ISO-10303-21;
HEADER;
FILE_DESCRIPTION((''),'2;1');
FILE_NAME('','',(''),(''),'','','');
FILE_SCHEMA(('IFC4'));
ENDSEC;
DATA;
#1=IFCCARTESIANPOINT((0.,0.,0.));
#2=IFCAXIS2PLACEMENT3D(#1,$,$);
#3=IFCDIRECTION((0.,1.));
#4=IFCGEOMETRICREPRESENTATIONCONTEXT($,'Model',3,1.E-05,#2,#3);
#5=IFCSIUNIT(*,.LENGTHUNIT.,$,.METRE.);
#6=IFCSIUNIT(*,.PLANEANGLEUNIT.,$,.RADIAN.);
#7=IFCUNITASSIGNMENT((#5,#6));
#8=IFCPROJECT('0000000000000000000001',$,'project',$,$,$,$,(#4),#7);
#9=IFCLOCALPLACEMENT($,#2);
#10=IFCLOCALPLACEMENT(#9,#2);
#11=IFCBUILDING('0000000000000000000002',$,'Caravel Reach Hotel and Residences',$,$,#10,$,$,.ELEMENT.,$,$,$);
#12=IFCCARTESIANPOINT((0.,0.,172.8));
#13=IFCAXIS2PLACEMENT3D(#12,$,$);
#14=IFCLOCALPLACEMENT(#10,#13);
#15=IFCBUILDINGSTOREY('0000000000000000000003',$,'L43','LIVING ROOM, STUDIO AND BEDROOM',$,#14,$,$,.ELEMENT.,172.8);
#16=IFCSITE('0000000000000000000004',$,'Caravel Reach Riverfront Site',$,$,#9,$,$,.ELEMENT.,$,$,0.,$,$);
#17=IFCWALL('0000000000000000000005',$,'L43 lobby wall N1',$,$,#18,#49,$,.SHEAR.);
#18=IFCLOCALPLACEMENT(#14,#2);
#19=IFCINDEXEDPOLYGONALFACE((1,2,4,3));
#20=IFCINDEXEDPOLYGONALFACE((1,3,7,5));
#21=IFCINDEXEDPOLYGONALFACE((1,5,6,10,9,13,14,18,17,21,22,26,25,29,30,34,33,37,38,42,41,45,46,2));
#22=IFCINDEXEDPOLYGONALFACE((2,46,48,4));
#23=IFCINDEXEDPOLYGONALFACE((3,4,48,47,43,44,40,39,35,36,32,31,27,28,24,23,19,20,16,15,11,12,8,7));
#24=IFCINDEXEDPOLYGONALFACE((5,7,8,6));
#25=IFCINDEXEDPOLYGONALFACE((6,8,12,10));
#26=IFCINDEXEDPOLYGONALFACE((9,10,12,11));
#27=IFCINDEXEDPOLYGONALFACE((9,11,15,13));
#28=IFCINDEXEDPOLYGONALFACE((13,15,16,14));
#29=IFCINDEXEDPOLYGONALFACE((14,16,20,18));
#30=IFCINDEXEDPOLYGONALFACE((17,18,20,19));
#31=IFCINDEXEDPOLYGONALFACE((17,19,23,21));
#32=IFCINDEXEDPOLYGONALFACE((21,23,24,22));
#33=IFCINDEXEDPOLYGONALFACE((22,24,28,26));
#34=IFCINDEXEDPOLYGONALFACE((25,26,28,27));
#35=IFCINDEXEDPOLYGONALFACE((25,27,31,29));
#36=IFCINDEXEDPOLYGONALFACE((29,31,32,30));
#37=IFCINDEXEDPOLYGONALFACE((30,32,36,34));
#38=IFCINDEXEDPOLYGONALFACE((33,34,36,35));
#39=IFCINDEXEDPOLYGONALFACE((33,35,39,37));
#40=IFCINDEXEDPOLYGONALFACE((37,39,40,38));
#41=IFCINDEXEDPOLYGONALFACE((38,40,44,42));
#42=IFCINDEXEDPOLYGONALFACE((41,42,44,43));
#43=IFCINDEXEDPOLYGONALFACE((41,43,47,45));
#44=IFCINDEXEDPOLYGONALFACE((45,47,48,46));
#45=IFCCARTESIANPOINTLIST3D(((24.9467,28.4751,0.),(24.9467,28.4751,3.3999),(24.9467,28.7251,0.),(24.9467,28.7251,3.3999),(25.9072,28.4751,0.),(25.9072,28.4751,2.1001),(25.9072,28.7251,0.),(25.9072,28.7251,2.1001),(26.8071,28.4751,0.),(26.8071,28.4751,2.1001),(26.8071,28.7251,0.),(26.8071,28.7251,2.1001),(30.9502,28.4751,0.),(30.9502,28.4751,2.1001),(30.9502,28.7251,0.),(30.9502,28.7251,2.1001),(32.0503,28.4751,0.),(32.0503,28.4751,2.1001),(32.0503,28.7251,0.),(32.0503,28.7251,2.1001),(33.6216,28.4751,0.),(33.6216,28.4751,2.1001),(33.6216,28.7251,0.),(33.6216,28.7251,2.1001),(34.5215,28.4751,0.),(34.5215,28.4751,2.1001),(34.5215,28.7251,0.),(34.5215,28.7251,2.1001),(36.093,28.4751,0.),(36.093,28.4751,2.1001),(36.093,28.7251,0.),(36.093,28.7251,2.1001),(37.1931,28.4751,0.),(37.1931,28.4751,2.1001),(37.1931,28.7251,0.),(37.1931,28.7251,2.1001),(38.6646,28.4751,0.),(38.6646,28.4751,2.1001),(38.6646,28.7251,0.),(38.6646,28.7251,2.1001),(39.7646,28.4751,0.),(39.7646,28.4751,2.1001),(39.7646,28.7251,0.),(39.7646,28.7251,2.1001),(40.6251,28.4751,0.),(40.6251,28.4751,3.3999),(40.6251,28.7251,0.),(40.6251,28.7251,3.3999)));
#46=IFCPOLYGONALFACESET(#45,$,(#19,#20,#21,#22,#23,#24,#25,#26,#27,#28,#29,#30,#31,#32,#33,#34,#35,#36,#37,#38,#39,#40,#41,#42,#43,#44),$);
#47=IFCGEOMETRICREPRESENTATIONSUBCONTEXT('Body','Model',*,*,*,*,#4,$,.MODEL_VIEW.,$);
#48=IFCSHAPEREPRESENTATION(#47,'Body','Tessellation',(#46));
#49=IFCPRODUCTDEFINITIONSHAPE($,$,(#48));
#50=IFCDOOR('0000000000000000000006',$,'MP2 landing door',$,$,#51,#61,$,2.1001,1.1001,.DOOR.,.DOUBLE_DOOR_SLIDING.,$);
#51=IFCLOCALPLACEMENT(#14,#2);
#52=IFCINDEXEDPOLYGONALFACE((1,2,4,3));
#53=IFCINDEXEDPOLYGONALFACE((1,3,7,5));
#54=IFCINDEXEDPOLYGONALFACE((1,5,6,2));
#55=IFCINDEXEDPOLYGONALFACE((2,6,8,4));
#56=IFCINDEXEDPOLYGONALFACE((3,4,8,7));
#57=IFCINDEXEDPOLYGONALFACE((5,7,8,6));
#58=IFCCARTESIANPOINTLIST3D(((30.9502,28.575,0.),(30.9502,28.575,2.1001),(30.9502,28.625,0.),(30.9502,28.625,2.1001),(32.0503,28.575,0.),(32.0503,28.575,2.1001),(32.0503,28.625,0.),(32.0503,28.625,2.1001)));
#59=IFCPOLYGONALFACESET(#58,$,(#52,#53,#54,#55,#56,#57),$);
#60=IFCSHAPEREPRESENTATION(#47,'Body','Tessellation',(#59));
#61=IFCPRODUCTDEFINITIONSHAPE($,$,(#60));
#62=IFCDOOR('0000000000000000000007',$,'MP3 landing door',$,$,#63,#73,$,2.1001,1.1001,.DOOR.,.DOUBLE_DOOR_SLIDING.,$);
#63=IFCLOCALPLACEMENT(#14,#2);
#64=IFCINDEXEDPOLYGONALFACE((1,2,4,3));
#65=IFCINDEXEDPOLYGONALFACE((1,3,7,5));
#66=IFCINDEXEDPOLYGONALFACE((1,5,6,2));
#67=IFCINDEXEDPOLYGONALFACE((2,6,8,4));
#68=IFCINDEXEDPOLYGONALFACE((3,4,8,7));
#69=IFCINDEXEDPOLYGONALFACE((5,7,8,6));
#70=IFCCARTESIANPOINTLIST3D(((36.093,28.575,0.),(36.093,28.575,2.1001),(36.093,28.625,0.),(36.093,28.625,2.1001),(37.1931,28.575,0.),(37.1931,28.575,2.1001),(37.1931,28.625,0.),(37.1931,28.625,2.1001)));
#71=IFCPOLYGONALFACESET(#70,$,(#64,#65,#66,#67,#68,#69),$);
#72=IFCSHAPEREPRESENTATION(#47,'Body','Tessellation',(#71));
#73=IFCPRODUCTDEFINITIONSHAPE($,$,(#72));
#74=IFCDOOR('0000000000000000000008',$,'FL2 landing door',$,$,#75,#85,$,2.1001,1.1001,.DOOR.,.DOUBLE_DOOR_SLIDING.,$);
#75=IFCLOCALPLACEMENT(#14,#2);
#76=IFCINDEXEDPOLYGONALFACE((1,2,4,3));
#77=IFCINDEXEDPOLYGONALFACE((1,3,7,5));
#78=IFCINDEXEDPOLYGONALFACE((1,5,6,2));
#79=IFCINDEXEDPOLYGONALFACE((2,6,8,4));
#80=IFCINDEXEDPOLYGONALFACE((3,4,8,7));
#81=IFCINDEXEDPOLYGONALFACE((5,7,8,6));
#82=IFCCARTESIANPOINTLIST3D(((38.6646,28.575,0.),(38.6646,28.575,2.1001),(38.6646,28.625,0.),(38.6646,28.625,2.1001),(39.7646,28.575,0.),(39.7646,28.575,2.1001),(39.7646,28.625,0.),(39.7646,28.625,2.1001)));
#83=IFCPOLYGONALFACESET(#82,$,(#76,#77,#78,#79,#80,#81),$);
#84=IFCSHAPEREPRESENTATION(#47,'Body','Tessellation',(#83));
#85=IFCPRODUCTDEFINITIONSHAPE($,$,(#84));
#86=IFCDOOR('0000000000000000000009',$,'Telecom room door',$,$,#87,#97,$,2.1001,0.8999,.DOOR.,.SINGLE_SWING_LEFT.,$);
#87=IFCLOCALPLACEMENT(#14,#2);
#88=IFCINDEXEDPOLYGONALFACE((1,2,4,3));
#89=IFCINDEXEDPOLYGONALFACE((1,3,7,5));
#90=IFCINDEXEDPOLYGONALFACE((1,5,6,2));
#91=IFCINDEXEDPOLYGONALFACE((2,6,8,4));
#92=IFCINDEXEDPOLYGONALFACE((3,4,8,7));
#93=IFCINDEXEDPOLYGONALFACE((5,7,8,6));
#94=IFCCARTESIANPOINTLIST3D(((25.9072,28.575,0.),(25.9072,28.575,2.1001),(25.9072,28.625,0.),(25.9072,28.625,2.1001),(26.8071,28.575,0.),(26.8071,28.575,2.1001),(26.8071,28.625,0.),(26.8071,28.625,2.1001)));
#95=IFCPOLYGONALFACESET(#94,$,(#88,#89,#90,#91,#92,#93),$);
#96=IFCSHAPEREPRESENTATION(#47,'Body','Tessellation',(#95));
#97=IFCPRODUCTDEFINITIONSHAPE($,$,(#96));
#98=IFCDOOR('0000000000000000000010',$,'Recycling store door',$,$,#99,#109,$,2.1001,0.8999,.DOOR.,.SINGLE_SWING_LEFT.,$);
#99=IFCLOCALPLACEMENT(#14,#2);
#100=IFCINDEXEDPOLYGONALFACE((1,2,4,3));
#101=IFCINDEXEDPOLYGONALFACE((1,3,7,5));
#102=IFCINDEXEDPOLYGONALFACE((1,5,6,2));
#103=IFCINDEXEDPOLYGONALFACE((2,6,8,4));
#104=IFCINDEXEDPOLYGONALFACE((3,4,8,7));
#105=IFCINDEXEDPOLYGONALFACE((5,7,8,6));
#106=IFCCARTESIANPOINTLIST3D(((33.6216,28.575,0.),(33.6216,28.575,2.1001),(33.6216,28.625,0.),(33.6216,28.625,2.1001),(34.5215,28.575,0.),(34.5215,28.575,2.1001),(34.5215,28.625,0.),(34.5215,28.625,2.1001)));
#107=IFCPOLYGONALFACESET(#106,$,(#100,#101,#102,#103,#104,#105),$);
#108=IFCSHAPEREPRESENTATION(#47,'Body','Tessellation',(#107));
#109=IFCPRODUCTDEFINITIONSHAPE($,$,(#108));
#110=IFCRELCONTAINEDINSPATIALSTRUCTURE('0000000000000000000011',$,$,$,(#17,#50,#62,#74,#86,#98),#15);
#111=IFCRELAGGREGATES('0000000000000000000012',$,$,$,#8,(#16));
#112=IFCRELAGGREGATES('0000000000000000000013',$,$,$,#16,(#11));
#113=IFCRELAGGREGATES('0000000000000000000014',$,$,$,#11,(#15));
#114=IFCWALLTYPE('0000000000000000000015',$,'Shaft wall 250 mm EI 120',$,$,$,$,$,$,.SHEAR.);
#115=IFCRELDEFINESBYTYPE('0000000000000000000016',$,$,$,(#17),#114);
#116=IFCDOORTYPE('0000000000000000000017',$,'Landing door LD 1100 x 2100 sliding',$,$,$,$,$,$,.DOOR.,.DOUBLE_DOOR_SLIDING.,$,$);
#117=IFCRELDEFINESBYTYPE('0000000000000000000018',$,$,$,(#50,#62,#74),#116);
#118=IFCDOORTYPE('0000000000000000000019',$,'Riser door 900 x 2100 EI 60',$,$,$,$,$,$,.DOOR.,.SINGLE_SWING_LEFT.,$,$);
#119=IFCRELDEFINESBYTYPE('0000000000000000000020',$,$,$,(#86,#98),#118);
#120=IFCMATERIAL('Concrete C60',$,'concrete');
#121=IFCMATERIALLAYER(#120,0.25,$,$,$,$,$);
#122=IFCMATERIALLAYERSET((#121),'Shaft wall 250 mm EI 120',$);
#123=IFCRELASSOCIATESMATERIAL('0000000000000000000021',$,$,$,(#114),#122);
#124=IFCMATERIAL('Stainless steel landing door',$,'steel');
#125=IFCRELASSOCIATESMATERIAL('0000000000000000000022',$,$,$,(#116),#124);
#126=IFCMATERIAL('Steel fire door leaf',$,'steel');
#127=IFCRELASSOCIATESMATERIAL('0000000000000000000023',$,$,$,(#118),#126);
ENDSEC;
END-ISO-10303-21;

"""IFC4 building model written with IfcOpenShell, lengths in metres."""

from ifc_helpers import new_model, si_unit, direction, frame, frame_2d, origin, place, context, subcontext, project, spatial, rectangle, extrude, material, layer, layer_set, type_object, element, fill, save


model = new_model("IFC4")

# Units and contexts
model_context = context("Model", 3, precision=1e-05, world=origin(), true_north=direction((0.0, 1.0)))
body_context = subcontext(model_context, "Body", "Model", "MODEL_VIEW")
ifc_project = project(units=[si_unit("LENGTHUNIT", "METRE"), si_unit("PLANEANGLEUNIT", "RADIAN")], contexts=[model_context])

# Site, building, storey
site_placement = place(None, origin())
site = spatial("IfcSite", under=ifc_project, at=site_placement, Name="Caravel Reach Riverfront Site", CompositionType="ELEMENT", RefElevation=0.0)
building_placement = place(site_placement, origin())
building = spatial("IfcBuilding", under=site, at=building_placement, Name="Caravel Reach Hotel and Residences", CompositionType="ELEMENT")
storey_placement = place(building_placement, frame((0.0, 0.0, 172.8)))
storey = spatial("IfcBuildingStorey", under=building, at=storey_placement, Name="L43", Description="LIVING ROOM, STUDIO AND BEDROOM", CompositionType="ELEMENT", Elevation=172.8)

# Wall, openings, doors
ifc_material_1 = material(Name="Concrete C60", Category="concrete")
ifc_layer_1 = layer(ifc_material_1, 0.25)
ifc_layer_set_1 = layer_set([ifc_layer_1], Name="Shaft wall 250 mm EI 120")
wall_type_1 = type_object("IfcWallType", Name="Shaft wall 250 mm EI 120", PredefinedType="SHEAR", material=ifc_layer_set_1)
ifc_material_2 = material(Name="Stainless steel landing door", Category="steel")
door_type_1 = type_object("IfcDoorType", Name="Landing door LD 1100 x 2100 sliding", OperationType="DOUBLE_DOOR_SLIDING", PredefinedType="DOOR", material=ifc_material_2)
ifc_material_3 = material(Name="Steel fire door leaf", Category="steel")
door_type_2 = type_object("IfcDoorType", Name="Riser door 900 x 2100 EI 60", OperationType="SINGLE_SWING_LEFT", PredefinedType="DOOR", material=ifc_material_3)
wall_1_placement = place(storey_placement, frame((24.9465, 28.6001, 0.0), z_axis=(0.0, 0.0, 1.0), x_axis=(1.0, 0.0, 0.0)))
wall_1 = element("IfcWall", 1, at=wall_1_placement, inside=storey, type_object=wall_type_1, Name="L43 lobby wall N1", PredefinedType="SHEAR", context=body_context, shape_type="SweptSolid", body=[
    extrude(rectangle(XDim=15.6785, YDim=0.25, at=frame_2d((7.8394, 0.0))), origin(), (0.0, 0.0, 1.0), 3.3999),
])
opening_1_placement = place(wall_1_placement, frame((6.0037, 0.0, 0.0)))
opening_1 = element("IfcOpeningElement", 2, at=opening_1_placement, cuts=wall_1, PredefinedType="OPENING", context=body_context, shape_type="SweptSolid", body=[
    extrude(rectangle(XDim=1.1001, YDim=2.1001, at=frame_2d((0.55, 1.05))), frame((0.0, 0.135, 0.0), z_axis=(0.0, -1.0, 0.0), x_axis=(1.0, 0.0, 0.0)), (0.0, 0.0, 1.0), 0.27),
])
opening_2_placement = place(wall_1_placement, frame((11.1465, 0.0, 0.0)))
opening_2 = element("IfcOpeningElement", 3, at=opening_2_placement, cuts=wall_1, PredefinedType="OPENING", context=body_context, shape_type="SweptSolid", body=[
    extrude(rectangle(XDim=1.1001, YDim=2.1001, at=frame_2d((0.55, 1.05))), frame((0.0, 0.135, 0.0), z_axis=(0.0, -1.0, 0.0), x_axis=(1.0, 0.0, 0.0)), (0.0, 0.0, 1.0), 0.27),
])
opening_3_placement = place(wall_1_placement, frame((13.718, 0.0, 0.0)))
opening_3 = element("IfcOpeningElement", 4, at=opening_3_placement, cuts=wall_1, PredefinedType="OPENING", context=body_context, shape_type="SweptSolid", body=[
    extrude(rectangle(XDim=1.1001, YDim=2.1001, at=frame_2d((0.55, 1.05))), frame((0.0, 0.135, 0.0), z_axis=(0.0, -1.0, 0.0), x_axis=(1.0, 0.0, 0.0)), (0.0, 0.0, 1.0), 0.27),
])
opening_4_placement = place(wall_1_placement, frame((0.9607, 0.0, 0.0)))
opening_4 = element("IfcOpeningElement", 5, at=opening_4_placement, cuts=wall_1, PredefinedType="OPENING", context=body_context, shape_type="SweptSolid", body=[
    extrude(rectangle(XDim=0.8999, YDim=2.1001, at=frame_2d((0.45, 1.05))), frame((0.0, 0.135, 0.0), z_axis=(0.0, -1.0, 0.0), x_axis=(1.0, 0.0, 0.0)), (0.0, 0.0, 1.0), 0.27),
])
opening_5_placement = place(wall_1_placement, frame((8.675, 0.0, 0.0)))
opening_5 = element("IfcOpeningElement", 6, at=opening_5_placement, cuts=wall_1, PredefinedType="OPENING", context=body_context, shape_type="SweptSolid", body=[
    extrude(rectangle(XDim=0.8999, YDim=2.1001, at=frame_2d((0.45, 1.05))), frame((0.0, 0.135, 0.0), z_axis=(0.0, -1.0, 0.0), x_axis=(1.0, 0.0, 0.0)), (0.0, 0.0, 1.0), 0.27),
])
door_1_placement = place(opening_1_placement, origin())
door_1 = element("IfcDoor", 7, at=door_1_placement, inside=storey, type_object=door_type_1, Name="MP2 landing door", OperationType="DOUBLE_DOOR_SLIDING", OverallHeight=2.1001, OverallWidth=1.1001, PredefinedType="DOOR", context=body_context, shape_type="SweptSolid", body=[
    extrude(rectangle(XDim=1.1001, YDim=2.1001, at=frame_2d((0.55, 1.05))), frame((0.0, 0.0249, 0.0), z_axis=(0.0, -1.0, 0.0), x_axis=(1.0, 0.0, 0.0)), (0.0, 0.0, 1.0), 0.05),
])
fill(opening_1, door_1)
door_2_placement = place(opening_2_placement, origin())
door_2 = element("IfcDoor", 8, at=door_2_placement, inside=storey, type_object=door_type_1, Name="MP3 landing door", OperationType="DOUBLE_DOOR_SLIDING", OverallHeight=2.1001, OverallWidth=1.1001, PredefinedType="DOOR", context=body_context, shape_type="SweptSolid", body=[
    extrude(rectangle(XDim=1.1001, YDim=2.1001, at=frame_2d((0.55, 1.05))), frame((0.0, 0.0249, 0.0), z_axis=(0.0, -1.0, 0.0), x_axis=(1.0, 0.0, 0.0)), (0.0, 0.0, 1.0), 0.05),
])
fill(opening_2, door_2)
door_3_placement = place(opening_3_placement, origin())
door_3 = element("IfcDoor", 9, at=door_3_placement, inside=storey, type_object=door_type_1, Name="FL2 landing door", OperationType="DOUBLE_DOOR_SLIDING", OverallHeight=2.1001, OverallWidth=1.1001, PredefinedType="DOOR", context=body_context, shape_type="SweptSolid", body=[
    extrude(rectangle(XDim=1.1001, YDim=2.1001, at=frame_2d((0.55, 1.05))), frame((0.0, 0.0249, 0.0), z_axis=(0.0, -1.0, 0.0), x_axis=(1.0, 0.0, 0.0)), (0.0, 0.0, 1.0), 0.05),
])
fill(opening_3, door_3)
door_4_placement = place(opening_4_placement, origin())
door_4 = element("IfcDoor", 10, at=door_4_placement, inside=storey, type_object=door_type_2, Name="Telecom room door", OperationType="SINGLE_SWING_LEFT", OverallHeight=2.1001, OverallWidth=0.8999, PredefinedType="DOOR", context=body_context, shape_type="SweptSolid", body=[
    extrude(rectangle(XDim=0.8999, YDim=2.1001, at=frame_2d((0.45, 1.05))), frame((0.0, 0.0249, 0.0), z_axis=(0.0, -1.0, 0.0), x_axis=(1.0, 0.0, 0.0)), (0.0, 0.0, 1.0), 0.05),
])
fill(opening_4, door_4)
door_5_placement = place(opening_5_placement, origin())
door_5 = element("IfcDoor", 11, at=door_5_placement, inside=storey, type_object=door_type_2, Name="Recycling store door", OperationType="SINGLE_SWING_LEFT", OverallHeight=2.1001, OverallWidth=0.8999, PredefinedType="DOOR", context=body_context, shape_type="SweptSolid", body=[
    extrude(rectangle(XDim=0.8999, YDim=2.1001, at=frame_2d((0.45, 1.05))), frame((0.0, 0.0249, 0.0), z_axis=(0.0, -1.0, 0.0), x_axis=(1.0, 0.0, 0.0)), (0.0, 0.0, 1.0), 0.05),
])
fill(opening_5, door_5)

save(model, "model.ifc")
